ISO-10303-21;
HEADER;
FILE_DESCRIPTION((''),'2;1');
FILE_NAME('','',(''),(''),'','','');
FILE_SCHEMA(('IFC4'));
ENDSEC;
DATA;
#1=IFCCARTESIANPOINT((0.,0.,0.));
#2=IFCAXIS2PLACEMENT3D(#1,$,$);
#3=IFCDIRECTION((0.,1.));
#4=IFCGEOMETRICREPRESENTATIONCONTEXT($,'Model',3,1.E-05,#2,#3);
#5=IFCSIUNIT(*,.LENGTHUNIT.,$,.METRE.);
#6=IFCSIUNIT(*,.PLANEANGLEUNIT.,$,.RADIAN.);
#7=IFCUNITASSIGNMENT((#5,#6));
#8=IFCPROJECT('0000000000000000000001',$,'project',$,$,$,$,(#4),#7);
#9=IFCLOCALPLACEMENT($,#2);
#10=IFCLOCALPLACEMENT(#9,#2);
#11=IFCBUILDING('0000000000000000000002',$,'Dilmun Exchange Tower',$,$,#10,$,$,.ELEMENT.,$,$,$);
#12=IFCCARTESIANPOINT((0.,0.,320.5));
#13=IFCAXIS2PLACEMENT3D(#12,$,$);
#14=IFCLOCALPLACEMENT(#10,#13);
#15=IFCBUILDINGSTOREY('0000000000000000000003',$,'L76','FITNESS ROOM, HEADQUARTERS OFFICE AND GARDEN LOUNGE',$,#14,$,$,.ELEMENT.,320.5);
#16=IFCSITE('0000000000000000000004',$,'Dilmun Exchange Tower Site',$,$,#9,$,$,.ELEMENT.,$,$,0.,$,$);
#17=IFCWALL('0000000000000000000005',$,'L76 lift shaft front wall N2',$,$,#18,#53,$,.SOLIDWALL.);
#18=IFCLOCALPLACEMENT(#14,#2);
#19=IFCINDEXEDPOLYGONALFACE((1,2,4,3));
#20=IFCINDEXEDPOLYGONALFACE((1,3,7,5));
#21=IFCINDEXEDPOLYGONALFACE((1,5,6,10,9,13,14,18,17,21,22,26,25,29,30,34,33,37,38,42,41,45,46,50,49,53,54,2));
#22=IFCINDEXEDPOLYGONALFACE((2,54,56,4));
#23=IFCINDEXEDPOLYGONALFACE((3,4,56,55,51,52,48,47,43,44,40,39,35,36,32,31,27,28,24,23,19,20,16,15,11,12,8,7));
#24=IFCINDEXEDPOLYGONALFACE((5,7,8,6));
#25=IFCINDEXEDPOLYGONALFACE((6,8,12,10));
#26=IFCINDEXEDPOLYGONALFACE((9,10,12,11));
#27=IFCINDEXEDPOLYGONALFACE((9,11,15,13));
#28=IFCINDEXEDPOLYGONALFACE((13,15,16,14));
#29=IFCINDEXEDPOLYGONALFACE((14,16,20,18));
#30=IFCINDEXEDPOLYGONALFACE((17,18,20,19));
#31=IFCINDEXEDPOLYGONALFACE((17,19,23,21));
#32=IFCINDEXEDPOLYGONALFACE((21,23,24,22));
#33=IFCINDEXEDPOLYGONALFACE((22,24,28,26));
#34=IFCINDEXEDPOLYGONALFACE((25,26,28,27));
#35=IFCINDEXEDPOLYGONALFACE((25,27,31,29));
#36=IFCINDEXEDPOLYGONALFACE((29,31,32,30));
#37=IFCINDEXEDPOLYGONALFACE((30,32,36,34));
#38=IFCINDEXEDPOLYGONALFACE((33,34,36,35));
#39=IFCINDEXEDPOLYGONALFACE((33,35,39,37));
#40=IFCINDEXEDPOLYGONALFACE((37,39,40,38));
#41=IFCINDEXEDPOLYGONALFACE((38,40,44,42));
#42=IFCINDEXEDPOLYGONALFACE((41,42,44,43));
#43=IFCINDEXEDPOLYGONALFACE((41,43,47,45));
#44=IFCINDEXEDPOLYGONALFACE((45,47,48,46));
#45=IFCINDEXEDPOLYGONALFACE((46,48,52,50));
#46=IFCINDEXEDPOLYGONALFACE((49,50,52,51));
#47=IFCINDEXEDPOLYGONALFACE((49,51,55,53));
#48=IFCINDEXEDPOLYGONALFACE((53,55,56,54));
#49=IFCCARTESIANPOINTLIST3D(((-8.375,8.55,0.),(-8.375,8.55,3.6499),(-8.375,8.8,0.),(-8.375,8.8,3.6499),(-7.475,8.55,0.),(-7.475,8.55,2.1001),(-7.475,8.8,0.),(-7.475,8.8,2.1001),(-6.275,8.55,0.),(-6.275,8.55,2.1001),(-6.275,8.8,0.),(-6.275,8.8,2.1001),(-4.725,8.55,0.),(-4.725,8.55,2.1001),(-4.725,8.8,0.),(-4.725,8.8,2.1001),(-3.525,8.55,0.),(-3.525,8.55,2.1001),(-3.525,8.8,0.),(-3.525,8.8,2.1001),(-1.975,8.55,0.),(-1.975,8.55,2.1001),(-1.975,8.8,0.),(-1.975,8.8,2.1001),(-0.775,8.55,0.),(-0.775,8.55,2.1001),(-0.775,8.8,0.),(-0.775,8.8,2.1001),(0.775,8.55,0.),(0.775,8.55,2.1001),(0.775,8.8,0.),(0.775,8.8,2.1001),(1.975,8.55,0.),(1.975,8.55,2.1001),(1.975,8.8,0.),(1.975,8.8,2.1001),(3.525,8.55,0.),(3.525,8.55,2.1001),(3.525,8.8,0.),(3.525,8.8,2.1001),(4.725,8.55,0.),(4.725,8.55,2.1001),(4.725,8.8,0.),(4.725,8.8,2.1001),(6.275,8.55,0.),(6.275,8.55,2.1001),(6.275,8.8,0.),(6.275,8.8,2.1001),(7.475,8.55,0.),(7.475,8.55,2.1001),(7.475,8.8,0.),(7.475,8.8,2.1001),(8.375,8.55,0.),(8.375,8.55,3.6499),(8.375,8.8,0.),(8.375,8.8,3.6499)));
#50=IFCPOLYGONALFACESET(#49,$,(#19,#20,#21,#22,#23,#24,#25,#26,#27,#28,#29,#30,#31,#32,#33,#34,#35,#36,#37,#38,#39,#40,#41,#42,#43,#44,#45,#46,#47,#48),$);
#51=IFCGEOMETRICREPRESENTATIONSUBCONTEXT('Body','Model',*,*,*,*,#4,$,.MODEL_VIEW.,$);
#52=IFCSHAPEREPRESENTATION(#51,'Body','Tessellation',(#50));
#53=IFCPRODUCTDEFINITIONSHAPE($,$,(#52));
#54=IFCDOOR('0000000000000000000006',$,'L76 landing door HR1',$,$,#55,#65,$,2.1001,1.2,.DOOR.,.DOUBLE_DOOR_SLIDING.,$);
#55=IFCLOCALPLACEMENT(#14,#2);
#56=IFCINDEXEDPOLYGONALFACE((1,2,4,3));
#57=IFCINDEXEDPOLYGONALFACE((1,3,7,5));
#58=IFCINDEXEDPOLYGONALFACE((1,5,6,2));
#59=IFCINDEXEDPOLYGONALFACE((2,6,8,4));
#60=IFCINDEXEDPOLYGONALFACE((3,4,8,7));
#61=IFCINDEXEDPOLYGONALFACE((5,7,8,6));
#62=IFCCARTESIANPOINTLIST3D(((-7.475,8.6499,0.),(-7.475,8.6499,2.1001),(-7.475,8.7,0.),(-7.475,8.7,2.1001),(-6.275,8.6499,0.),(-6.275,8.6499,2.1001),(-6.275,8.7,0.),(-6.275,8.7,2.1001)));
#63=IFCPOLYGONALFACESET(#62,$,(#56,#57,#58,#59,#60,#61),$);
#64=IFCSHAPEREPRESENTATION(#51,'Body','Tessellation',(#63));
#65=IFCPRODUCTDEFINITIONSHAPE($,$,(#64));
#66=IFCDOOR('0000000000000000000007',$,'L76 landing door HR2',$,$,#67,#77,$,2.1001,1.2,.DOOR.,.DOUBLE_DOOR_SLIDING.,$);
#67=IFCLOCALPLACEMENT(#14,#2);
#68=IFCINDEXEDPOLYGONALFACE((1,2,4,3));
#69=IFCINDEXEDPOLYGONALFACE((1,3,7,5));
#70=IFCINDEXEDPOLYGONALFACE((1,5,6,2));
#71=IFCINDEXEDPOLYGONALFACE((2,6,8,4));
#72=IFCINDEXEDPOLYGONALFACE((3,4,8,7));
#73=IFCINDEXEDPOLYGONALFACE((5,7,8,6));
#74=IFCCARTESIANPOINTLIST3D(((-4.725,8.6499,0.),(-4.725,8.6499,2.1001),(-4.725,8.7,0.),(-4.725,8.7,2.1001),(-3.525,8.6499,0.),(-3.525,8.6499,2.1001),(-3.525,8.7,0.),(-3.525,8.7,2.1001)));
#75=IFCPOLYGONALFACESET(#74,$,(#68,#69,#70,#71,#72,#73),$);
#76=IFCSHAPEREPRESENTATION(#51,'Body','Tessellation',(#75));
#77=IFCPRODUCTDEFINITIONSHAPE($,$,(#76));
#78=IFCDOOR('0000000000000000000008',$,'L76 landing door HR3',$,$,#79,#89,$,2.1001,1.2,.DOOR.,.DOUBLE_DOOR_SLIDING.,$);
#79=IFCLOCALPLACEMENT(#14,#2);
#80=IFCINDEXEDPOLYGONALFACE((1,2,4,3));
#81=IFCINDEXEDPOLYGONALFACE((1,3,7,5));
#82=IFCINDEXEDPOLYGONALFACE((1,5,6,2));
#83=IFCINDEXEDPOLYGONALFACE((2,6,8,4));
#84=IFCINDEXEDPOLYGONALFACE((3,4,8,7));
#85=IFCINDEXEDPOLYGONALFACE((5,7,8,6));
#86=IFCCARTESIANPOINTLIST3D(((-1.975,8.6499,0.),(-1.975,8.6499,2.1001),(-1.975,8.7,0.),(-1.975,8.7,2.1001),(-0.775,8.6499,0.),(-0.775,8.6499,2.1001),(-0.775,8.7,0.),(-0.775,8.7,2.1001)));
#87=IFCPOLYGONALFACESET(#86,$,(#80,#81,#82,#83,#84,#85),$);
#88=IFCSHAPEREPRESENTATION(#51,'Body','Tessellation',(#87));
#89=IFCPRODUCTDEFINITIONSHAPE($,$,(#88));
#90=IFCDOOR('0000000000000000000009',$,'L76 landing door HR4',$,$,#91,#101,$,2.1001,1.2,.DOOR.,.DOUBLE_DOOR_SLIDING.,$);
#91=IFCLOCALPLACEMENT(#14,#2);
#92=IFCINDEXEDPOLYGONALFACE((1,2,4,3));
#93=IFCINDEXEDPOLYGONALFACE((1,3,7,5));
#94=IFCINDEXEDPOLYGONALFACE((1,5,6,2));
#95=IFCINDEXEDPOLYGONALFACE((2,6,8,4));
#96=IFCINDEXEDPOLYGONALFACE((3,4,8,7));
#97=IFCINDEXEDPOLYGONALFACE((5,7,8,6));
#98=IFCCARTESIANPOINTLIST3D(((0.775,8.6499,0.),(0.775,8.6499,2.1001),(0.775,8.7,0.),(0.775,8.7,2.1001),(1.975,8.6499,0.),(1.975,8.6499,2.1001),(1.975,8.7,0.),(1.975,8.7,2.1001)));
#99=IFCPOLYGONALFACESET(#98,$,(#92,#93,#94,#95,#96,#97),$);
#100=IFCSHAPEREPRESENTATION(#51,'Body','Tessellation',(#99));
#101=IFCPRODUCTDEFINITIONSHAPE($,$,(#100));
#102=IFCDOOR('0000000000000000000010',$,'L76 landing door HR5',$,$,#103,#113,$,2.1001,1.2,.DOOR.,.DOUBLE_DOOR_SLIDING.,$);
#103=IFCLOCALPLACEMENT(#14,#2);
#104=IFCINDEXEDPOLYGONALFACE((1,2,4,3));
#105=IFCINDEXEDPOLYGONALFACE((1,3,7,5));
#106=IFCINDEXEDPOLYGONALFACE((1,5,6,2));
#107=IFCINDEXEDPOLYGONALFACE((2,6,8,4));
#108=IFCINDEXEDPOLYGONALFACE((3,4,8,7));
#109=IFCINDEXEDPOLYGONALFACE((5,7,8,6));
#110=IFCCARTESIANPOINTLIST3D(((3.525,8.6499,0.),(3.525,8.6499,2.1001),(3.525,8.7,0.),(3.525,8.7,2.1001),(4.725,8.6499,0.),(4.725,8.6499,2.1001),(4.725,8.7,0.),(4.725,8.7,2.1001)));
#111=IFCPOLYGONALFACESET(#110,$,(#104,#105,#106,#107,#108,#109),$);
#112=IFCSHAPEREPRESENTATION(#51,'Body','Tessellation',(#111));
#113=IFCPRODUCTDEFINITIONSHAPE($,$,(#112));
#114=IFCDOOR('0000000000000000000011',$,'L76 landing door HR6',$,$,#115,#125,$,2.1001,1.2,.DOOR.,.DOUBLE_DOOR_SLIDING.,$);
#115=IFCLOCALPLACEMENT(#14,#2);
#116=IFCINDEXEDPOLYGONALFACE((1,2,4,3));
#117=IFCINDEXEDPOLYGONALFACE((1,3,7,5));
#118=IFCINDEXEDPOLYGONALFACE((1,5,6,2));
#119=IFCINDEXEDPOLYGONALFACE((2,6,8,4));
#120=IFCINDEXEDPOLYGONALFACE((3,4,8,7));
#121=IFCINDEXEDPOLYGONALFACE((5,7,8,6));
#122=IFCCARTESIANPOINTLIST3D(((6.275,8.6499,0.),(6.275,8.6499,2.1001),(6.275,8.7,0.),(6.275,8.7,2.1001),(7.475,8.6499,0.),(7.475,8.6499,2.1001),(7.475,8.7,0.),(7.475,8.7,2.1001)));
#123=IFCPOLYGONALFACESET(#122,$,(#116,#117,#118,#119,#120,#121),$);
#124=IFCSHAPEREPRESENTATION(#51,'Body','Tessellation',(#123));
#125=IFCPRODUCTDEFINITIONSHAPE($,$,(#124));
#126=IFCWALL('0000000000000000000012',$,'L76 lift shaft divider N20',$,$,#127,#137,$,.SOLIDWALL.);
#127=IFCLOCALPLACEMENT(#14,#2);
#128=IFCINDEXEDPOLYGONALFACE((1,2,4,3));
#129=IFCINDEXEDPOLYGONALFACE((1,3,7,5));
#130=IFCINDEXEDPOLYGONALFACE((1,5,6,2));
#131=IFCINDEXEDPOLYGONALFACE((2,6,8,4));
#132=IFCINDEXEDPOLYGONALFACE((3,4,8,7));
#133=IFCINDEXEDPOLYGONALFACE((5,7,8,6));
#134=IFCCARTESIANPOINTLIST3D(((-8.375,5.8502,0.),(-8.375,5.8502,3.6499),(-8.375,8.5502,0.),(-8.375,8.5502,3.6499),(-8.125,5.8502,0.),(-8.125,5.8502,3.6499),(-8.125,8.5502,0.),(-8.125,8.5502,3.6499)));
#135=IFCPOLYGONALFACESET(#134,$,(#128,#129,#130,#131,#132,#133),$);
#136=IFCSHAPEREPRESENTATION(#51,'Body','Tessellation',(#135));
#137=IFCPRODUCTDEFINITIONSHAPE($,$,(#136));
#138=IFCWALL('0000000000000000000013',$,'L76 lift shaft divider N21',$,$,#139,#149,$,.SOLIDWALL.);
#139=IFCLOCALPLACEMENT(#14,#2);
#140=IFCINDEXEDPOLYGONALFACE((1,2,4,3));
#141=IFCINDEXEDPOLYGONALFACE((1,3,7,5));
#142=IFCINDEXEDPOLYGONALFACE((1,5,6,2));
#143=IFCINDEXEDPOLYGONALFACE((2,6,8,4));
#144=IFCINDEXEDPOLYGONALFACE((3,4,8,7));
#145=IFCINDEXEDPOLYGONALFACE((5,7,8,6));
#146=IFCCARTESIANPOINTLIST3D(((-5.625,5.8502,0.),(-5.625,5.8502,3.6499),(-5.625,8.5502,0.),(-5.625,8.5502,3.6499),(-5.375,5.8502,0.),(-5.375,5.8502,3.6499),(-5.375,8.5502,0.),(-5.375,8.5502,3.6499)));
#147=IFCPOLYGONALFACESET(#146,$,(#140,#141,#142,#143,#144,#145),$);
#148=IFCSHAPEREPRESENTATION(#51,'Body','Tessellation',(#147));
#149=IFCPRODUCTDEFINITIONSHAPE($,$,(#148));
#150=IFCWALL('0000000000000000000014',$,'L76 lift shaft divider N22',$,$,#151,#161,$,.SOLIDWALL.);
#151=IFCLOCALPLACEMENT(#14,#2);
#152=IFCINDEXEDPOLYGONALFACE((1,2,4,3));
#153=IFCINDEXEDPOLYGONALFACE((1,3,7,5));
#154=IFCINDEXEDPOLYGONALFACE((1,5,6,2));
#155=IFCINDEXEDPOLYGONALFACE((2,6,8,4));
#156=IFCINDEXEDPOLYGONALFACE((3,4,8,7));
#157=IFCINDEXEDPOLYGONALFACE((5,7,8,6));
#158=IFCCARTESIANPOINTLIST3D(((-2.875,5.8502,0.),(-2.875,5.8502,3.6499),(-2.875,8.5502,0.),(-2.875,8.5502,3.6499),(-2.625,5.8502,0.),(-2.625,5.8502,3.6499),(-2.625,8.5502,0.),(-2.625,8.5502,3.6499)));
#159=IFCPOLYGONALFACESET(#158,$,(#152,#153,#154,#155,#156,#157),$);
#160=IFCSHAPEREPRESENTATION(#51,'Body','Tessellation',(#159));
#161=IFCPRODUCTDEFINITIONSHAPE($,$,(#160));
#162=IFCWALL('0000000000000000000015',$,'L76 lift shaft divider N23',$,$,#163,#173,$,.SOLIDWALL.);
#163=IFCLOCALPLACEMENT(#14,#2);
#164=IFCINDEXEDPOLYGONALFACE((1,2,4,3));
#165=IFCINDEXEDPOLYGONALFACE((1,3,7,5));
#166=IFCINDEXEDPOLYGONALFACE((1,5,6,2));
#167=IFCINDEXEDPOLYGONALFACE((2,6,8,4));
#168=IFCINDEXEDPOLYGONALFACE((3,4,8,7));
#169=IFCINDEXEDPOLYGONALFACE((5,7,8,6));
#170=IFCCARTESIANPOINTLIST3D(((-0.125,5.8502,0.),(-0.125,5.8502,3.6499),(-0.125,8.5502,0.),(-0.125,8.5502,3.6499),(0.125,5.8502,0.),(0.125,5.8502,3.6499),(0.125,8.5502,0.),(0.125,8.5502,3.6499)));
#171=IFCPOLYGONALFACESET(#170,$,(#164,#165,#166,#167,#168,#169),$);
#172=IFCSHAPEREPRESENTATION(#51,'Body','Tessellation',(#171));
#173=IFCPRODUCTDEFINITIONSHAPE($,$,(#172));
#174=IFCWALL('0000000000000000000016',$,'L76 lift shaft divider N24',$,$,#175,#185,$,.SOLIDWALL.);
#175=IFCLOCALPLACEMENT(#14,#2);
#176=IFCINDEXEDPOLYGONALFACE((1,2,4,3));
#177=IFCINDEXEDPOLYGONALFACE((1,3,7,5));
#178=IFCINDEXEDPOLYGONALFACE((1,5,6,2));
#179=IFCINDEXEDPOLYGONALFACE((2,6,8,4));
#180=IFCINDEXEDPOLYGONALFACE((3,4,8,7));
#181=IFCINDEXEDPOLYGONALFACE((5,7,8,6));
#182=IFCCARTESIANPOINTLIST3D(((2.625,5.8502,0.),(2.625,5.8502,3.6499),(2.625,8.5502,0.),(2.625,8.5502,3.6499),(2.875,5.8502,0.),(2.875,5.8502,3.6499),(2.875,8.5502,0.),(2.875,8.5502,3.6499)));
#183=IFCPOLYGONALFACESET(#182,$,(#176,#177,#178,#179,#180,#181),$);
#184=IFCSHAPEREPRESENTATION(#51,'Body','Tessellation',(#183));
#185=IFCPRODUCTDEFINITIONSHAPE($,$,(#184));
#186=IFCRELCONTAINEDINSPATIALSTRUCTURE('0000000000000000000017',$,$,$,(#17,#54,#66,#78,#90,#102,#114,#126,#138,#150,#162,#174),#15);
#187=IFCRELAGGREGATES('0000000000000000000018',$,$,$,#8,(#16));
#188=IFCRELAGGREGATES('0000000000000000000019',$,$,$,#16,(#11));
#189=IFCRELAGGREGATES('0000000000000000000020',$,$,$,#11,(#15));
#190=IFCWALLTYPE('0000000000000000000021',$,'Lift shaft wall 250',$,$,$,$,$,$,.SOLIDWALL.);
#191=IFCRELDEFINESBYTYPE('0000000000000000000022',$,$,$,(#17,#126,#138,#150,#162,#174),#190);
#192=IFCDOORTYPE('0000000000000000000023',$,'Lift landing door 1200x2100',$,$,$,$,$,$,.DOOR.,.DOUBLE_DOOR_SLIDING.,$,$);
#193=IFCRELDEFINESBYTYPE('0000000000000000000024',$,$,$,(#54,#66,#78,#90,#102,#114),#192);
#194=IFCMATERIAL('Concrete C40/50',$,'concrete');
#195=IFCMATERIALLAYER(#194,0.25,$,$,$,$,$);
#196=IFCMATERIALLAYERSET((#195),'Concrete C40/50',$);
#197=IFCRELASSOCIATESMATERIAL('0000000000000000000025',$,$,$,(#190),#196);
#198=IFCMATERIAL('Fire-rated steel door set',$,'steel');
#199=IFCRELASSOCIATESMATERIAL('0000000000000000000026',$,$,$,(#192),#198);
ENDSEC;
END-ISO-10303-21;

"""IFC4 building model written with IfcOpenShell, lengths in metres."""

from ifc_helpers import new_model, si_unit, direction, frame, frame_2d, origin, place, context, subcontext, project, spatial, rectangle, extrude, material, layer, layer_set, type_object, element, fill, save


model = new_model("IFC4")

# Units and contexts
model_context = context("Model", 3, precision=1e-05, world=origin(), true_north=direction((0.0, 1.0)))
body_context = subcontext(model_context, "Body", "Model", "MODEL_VIEW")
ifc_project = project(units=[si_unit("LENGTHUNIT", "METRE"), si_unit("PLANEANGLEUNIT", "RADIAN")], contexts=[model_context])

# Site, building, storey
site_placement = place(None, origin())
site = spatial("IfcSite", under=ifc_project, at=site_placement, Name="Dilmun Exchange Tower Site", CompositionType="ELEMENT", RefElevation=0.0)
building_placement = place(site_placement, origin())
building = spatial("IfcBuilding", under=site, at=building_placement, Name="Dilmun Exchange Tower", CompositionType="ELEMENT")
storey_placement = place(building_placement, frame((0.0, 0.0, 320.5)))
storey = spatial("IfcBuildingStorey", under=building, at=storey_placement, Name="L76", Description="FITNESS ROOM, HEADQUARTERS OFFICE AND GARDEN LOUNGE", CompositionType="ELEMENT", Elevation=320.5)

# Shared definitions
ifc_material_1 = material(Name="Concrete C40/50", Category="concrete")

# Shared definitions
ifc_material_2 = material(Name="Fire-rated steel door set", Category="steel")

# Wall, openings, doors
ifc_layer_1 = layer(ifc_material_1, 0.25)
ifc_layer_set_1 = layer_set([ifc_layer_1], Name="Concrete C40/50")
wall_type_1 = type_object("IfcWallType", Name="Lift shaft wall 250", PredefinedType="SOLIDWALL", material=ifc_layer_set_1)
wall_1_placement = place(storey_placement, frame((-8.375, 8.675, 0.0), z_axis=(0.0, 0.0, 1.0), x_axis=(1.0, 0.0, 0.0)))
wall_1 = element("IfcWall", 1, at=wall_1_placement, inside=storey, type_object=wall_type_1, Name="L76 lift shaft front wall N2", PredefinedType="SOLIDWALL", context=body_context, shape_type="SweptSolid", body=[
    extrude(rectangle(XDim=16.75, YDim=0.25, at=frame_2d((8.375, 0.0))), origin(), (0.0, 0.0, 1.0), 3.6499),
])
opening_1_placement = place(wall_1_placement, frame((0.8999, 0.0, 0.0)))
opening_1 = element("IfcOpeningElement", 2, at=opening_1_placement, cuts=wall_1, PredefinedType="OPENING", context=body_context, shape_type="SweptSolid", body=[
    extrude(rectangle(XDim=1.2, YDim=2.1001, at=frame_2d((0.6001, 1.05))), frame((0.0, 0.135, 0.0), z_axis=(0.0, -1.0, 0.0), x_axis=(1.0, 0.0, 0.0)), (0.0, 0.0, 1.0), 0.27),
])
opening_2_placement = place(wall_1_placement, frame((3.6499, 0.0, 0.0)))
opening_2 = element("IfcOpeningElement", 3, at=opening_2_placement, cuts=wall_1, PredefinedType="OPENING", context=body_context, shape_type="SweptSolid", body=[
    extrude(rectangle(XDim=1.2, YDim=2.1001, at=frame_2d((0.6001, 1.05))), frame((0.0, 0.135, 0.0), z_axis=(0.0, -1.0, 0.0), x_axis=(1.0, 0.0, 0.0)), (0.0, 0.0, 1.0), 0.27),
])
opening_3_placement = place(wall_1_placement, frame((6.3999, 0.0, 0.0)))
opening_3 = element("IfcOpeningElement", 4, at=opening_3_placement, cuts=wall_1, PredefinedType="OPENING", context=body_context, shape_type="SweptSolid", body=[
    extrude(rectangle(XDim=1.2, YDim=2.1001, at=frame_2d((0.6001, 1.05))), frame((0.0, 0.135, 0.0), z_axis=(0.0, -1.0, 0.0), x_axis=(1.0, 0.0, 0.0)), (0.0, 0.0, 1.0), 0.27),
])
opening_4_placement = place(wall_1_placement, frame((9.1499, 0.0, 0.0)))
opening_4 = element("IfcOpeningElement", 5, at=opening_4_placement, cuts=wall_1, PredefinedType="OPENING", context=body_context, shape_type="SweptSolid", body=[
    extrude(rectangle(XDim=1.2, YDim=2.1001, at=frame_2d((0.6001, 1.05))), frame((0.0, 0.135, 0.0), z_axis=(0.0, -1.0, 0.0), x_axis=(1.0, 0.0, 0.0)), (0.0, 0.0, 1.0), 0.27),
])
opening_5_placement = place(wall_1_placement, frame((11.8999, 0.0, 0.0)))
opening_5 = element("IfcOpeningElement", 6, at=opening_5_placement, cuts=wall_1, PredefinedType="OPENING", context=body_context, shape_type="SweptSolid", body=[
    extrude(rectangle(XDim=1.2, YDim=2.1001, at=frame_2d((0.6001, 1.05))), frame((0.0, 0.135, 0.0), z_axis=(0.0, -1.0, 0.0), x_axis=(1.0, 0.0, 0.0)), (0.0, 0.0, 1.0), 0.27),
])
opening_6_placement = place(wall_1_placement, frame((14.6499, 0.0, 0.0)))
opening_6 = element("IfcOpeningElement", 7, at=opening_6_placement, cuts=wall_1, PredefinedType="OPENING", context=body_context, shape_type="SweptSolid", body=[
    extrude(rectangle(XDim=1.2, YDim=2.1001, at=frame_2d((0.6001, 1.05))), frame((0.0, 0.135, 0.0), z_axis=(0.0, -1.0, 0.0), x_axis=(1.0, 0.0, 0.0)), (0.0, 0.0, 1.0), 0.27),
])
door_type_1 = type_object("IfcDoorType", Name="Lift landing door 1200x2100", OperationType="DOUBLE_DOOR_SLIDING", PredefinedType="DOOR", material=ifc_material_2)
door_1_placement = place(opening_1_placement, origin())
door_1 = element("IfcDoor", 8, at=door_1_placement, inside=storey, type_object=door_type_1, Name="L76 landing door HR1", OperationType="DOUBLE_DOOR_SLIDING", OverallHeight=2.1001, OverallWidth=1.2, PredefinedType="DOOR", context=body_context, shape_type="SweptSolid", body=[
    extrude(rectangle(XDim=1.2, YDim=2.1001, at=frame_2d((0.6001, 1.05))), frame((0.0, 0.0249, 0.0), z_axis=(0.0, -1.0, 0.0), x_axis=(1.0, 0.0, 0.0)), (0.0, 0.0, 1.0), 0.05),
])
fill(opening_1, door_1)
door_2_placement = place(opening_2_placement, origin())
door_2 = element("IfcDoor", 9, at=door_2_placement, inside=storey, type_object=door_type_1, Name="L76 landing door HR2", OperationType="DOUBLE_DOOR_SLIDING", OverallHeight=2.1001, OverallWidth=1.2, PredefinedType="DOOR", context=body_context, shape_type="SweptSolid", body=[
    extrude(rectangle(XDim=1.2, YDim=2.1001, at=frame_2d((0.6001, 1.05))), frame((0.0, 0.0249, 0.0), z_axis=(0.0, -1.0, 0.0), x_axis=(1.0, 0.0, 0.0)), (0.0, 0.0, 1.0), 0.05),
])
fill(opening_2, door_2)
door_3_placement = place(opening_3_placement, origin())
door_3 = element("IfcDoor", 10, at=door_3_placement, inside=storey, type_object=door_type_1, Name="L76 landing door HR3", OperationType="DOUBLE_DOOR_SLIDING", OverallHeight=2.1001, OverallWidth=1.2, PredefinedType="DOOR", context=body_context, shape_type="SweptSolid", body=[
    extrude(rectangle(XDim=1.2, YDim=2.1001, at=frame_2d((0.6001, 1.05))), frame((0.0, 0.0249, 0.0), z_axis=(0.0, -1.0, 0.0), x_axis=(1.0, 0.0, 0.0)), (0.0, 0.0, 1.0), 0.05),
])
fill(opening_3, door_3)
door_4_placement = place(opening_4_placement, origin())
door_4 = element("IfcDoor", 11, at=door_4_placement, inside=storey, type_object=door_type_1, Name="L76 landing door HR4", OperationType="DOUBLE_DOOR_SLIDING", OverallHeight=2.1001, OverallWidth=1.2, PredefinedType="DOOR", context=body_context, shape_type="SweptSolid", body=[
    extrude(rectangle(XDim=1.2, YDim=2.1001, at=frame_2d((0.6001, 1.05))), frame((0.0, 0.0249, 0.0), z_axis=(0.0, -1.0, 0.0), x_axis=(1.0, 0.0, 0.0)), (0.0, 0.0, 1.0), 0.05),
])
fill(opening_4, door_4)
door_5_placement = place(opening_5_placement, origin())
door_5 = element("IfcDoor", 12, at=door_5_placement, inside=storey, type_object=door_type_1, Name="L76 landing door HR5", OperationType="DOUBLE_DOOR_SLIDING", OverallHeight=2.1001, OverallWidth=1.2, PredefinedType="DOOR", context=body_context, shape_type="SweptSolid", body=[
    extrude(rectangle(XDim=1.2, YDim=2.1001, at=frame_2d((0.6001, 1.05))), frame((0.0, 0.0249, 0.0), z_axis=(0.0, -1.0, 0.0), x_axis=(1.0, 0.0, 0.0)), (0.0, 0.0, 1.0), 0.05),
])
fill(opening_5, door_5)
door_6_placement = place(opening_6_placement, origin())
door_6 = element("IfcDoor", 13, at=door_6_placement, inside=storey, type_object=door_type_1, Name="L76 landing door HR6", OperationType="DOUBLE_DOOR_SLIDING", OverallHeight=2.1001, OverallWidth=1.2, PredefinedType="DOOR", context=body_context, shape_type="SweptSolid", body=[
    extrude(rectangle(XDim=1.2, YDim=2.1001, at=frame_2d((0.6001, 1.05))), frame((0.0, 0.0249, 0.0), z_axis=(0.0, -1.0, 0.0), x_axis=(1.0, 0.0, 0.0)), (0.0, 0.0, 1.0), 0.05),
])
fill(opening_6, door_6)

# Walls
for number, where, z_axis, x_axis, name in (
    (14, (-8.25, 5.8501, 0.0), (0.0, 0.0, 1.0), (0.0, 1.0, 0.0), "L76 lift shaft divider N20"),
    (15, (-5.5, 5.8501, 0.0), (0.0, 0.0, 1.0), (0.0, 1.0, 0.0), "L76 lift shaft divider N21"),
    (16, (-2.75, 5.8501, 0.0), (0.0, 0.0, 1.0), (0.0, 1.0, 0.0), "L76 lift shaft divider N22"),
    (17, (0.0, 5.8501, 0.0), (0.0, 0.0, 1.0), (0.0, 1.0, 0.0), "L76 lift shaft divider N23"),
    (18, (2.75, 5.8501, 0.0), (0.0, 0.0, 1.0), (0.0, 1.0, 0.0), "L76 lift shaft divider N24"),
):
    element("IfcWall", number, at=place(storey_placement, frame(where, z_axis=z_axis, x_axis=x_axis)), inside=storey, type_object=wall_type_1, Name=name, PredefinedType="SOLIDWALL", context=body_context, shape_type="SweptSolid", body=[
        extrude(rectangle(XDim=2.7, YDim=0.25, at=frame_2d((1.3501, 0.0))), origin(), (0.0, 0.0, 1.0), 3.6499),
    ])

save(model, "model.ifc")
